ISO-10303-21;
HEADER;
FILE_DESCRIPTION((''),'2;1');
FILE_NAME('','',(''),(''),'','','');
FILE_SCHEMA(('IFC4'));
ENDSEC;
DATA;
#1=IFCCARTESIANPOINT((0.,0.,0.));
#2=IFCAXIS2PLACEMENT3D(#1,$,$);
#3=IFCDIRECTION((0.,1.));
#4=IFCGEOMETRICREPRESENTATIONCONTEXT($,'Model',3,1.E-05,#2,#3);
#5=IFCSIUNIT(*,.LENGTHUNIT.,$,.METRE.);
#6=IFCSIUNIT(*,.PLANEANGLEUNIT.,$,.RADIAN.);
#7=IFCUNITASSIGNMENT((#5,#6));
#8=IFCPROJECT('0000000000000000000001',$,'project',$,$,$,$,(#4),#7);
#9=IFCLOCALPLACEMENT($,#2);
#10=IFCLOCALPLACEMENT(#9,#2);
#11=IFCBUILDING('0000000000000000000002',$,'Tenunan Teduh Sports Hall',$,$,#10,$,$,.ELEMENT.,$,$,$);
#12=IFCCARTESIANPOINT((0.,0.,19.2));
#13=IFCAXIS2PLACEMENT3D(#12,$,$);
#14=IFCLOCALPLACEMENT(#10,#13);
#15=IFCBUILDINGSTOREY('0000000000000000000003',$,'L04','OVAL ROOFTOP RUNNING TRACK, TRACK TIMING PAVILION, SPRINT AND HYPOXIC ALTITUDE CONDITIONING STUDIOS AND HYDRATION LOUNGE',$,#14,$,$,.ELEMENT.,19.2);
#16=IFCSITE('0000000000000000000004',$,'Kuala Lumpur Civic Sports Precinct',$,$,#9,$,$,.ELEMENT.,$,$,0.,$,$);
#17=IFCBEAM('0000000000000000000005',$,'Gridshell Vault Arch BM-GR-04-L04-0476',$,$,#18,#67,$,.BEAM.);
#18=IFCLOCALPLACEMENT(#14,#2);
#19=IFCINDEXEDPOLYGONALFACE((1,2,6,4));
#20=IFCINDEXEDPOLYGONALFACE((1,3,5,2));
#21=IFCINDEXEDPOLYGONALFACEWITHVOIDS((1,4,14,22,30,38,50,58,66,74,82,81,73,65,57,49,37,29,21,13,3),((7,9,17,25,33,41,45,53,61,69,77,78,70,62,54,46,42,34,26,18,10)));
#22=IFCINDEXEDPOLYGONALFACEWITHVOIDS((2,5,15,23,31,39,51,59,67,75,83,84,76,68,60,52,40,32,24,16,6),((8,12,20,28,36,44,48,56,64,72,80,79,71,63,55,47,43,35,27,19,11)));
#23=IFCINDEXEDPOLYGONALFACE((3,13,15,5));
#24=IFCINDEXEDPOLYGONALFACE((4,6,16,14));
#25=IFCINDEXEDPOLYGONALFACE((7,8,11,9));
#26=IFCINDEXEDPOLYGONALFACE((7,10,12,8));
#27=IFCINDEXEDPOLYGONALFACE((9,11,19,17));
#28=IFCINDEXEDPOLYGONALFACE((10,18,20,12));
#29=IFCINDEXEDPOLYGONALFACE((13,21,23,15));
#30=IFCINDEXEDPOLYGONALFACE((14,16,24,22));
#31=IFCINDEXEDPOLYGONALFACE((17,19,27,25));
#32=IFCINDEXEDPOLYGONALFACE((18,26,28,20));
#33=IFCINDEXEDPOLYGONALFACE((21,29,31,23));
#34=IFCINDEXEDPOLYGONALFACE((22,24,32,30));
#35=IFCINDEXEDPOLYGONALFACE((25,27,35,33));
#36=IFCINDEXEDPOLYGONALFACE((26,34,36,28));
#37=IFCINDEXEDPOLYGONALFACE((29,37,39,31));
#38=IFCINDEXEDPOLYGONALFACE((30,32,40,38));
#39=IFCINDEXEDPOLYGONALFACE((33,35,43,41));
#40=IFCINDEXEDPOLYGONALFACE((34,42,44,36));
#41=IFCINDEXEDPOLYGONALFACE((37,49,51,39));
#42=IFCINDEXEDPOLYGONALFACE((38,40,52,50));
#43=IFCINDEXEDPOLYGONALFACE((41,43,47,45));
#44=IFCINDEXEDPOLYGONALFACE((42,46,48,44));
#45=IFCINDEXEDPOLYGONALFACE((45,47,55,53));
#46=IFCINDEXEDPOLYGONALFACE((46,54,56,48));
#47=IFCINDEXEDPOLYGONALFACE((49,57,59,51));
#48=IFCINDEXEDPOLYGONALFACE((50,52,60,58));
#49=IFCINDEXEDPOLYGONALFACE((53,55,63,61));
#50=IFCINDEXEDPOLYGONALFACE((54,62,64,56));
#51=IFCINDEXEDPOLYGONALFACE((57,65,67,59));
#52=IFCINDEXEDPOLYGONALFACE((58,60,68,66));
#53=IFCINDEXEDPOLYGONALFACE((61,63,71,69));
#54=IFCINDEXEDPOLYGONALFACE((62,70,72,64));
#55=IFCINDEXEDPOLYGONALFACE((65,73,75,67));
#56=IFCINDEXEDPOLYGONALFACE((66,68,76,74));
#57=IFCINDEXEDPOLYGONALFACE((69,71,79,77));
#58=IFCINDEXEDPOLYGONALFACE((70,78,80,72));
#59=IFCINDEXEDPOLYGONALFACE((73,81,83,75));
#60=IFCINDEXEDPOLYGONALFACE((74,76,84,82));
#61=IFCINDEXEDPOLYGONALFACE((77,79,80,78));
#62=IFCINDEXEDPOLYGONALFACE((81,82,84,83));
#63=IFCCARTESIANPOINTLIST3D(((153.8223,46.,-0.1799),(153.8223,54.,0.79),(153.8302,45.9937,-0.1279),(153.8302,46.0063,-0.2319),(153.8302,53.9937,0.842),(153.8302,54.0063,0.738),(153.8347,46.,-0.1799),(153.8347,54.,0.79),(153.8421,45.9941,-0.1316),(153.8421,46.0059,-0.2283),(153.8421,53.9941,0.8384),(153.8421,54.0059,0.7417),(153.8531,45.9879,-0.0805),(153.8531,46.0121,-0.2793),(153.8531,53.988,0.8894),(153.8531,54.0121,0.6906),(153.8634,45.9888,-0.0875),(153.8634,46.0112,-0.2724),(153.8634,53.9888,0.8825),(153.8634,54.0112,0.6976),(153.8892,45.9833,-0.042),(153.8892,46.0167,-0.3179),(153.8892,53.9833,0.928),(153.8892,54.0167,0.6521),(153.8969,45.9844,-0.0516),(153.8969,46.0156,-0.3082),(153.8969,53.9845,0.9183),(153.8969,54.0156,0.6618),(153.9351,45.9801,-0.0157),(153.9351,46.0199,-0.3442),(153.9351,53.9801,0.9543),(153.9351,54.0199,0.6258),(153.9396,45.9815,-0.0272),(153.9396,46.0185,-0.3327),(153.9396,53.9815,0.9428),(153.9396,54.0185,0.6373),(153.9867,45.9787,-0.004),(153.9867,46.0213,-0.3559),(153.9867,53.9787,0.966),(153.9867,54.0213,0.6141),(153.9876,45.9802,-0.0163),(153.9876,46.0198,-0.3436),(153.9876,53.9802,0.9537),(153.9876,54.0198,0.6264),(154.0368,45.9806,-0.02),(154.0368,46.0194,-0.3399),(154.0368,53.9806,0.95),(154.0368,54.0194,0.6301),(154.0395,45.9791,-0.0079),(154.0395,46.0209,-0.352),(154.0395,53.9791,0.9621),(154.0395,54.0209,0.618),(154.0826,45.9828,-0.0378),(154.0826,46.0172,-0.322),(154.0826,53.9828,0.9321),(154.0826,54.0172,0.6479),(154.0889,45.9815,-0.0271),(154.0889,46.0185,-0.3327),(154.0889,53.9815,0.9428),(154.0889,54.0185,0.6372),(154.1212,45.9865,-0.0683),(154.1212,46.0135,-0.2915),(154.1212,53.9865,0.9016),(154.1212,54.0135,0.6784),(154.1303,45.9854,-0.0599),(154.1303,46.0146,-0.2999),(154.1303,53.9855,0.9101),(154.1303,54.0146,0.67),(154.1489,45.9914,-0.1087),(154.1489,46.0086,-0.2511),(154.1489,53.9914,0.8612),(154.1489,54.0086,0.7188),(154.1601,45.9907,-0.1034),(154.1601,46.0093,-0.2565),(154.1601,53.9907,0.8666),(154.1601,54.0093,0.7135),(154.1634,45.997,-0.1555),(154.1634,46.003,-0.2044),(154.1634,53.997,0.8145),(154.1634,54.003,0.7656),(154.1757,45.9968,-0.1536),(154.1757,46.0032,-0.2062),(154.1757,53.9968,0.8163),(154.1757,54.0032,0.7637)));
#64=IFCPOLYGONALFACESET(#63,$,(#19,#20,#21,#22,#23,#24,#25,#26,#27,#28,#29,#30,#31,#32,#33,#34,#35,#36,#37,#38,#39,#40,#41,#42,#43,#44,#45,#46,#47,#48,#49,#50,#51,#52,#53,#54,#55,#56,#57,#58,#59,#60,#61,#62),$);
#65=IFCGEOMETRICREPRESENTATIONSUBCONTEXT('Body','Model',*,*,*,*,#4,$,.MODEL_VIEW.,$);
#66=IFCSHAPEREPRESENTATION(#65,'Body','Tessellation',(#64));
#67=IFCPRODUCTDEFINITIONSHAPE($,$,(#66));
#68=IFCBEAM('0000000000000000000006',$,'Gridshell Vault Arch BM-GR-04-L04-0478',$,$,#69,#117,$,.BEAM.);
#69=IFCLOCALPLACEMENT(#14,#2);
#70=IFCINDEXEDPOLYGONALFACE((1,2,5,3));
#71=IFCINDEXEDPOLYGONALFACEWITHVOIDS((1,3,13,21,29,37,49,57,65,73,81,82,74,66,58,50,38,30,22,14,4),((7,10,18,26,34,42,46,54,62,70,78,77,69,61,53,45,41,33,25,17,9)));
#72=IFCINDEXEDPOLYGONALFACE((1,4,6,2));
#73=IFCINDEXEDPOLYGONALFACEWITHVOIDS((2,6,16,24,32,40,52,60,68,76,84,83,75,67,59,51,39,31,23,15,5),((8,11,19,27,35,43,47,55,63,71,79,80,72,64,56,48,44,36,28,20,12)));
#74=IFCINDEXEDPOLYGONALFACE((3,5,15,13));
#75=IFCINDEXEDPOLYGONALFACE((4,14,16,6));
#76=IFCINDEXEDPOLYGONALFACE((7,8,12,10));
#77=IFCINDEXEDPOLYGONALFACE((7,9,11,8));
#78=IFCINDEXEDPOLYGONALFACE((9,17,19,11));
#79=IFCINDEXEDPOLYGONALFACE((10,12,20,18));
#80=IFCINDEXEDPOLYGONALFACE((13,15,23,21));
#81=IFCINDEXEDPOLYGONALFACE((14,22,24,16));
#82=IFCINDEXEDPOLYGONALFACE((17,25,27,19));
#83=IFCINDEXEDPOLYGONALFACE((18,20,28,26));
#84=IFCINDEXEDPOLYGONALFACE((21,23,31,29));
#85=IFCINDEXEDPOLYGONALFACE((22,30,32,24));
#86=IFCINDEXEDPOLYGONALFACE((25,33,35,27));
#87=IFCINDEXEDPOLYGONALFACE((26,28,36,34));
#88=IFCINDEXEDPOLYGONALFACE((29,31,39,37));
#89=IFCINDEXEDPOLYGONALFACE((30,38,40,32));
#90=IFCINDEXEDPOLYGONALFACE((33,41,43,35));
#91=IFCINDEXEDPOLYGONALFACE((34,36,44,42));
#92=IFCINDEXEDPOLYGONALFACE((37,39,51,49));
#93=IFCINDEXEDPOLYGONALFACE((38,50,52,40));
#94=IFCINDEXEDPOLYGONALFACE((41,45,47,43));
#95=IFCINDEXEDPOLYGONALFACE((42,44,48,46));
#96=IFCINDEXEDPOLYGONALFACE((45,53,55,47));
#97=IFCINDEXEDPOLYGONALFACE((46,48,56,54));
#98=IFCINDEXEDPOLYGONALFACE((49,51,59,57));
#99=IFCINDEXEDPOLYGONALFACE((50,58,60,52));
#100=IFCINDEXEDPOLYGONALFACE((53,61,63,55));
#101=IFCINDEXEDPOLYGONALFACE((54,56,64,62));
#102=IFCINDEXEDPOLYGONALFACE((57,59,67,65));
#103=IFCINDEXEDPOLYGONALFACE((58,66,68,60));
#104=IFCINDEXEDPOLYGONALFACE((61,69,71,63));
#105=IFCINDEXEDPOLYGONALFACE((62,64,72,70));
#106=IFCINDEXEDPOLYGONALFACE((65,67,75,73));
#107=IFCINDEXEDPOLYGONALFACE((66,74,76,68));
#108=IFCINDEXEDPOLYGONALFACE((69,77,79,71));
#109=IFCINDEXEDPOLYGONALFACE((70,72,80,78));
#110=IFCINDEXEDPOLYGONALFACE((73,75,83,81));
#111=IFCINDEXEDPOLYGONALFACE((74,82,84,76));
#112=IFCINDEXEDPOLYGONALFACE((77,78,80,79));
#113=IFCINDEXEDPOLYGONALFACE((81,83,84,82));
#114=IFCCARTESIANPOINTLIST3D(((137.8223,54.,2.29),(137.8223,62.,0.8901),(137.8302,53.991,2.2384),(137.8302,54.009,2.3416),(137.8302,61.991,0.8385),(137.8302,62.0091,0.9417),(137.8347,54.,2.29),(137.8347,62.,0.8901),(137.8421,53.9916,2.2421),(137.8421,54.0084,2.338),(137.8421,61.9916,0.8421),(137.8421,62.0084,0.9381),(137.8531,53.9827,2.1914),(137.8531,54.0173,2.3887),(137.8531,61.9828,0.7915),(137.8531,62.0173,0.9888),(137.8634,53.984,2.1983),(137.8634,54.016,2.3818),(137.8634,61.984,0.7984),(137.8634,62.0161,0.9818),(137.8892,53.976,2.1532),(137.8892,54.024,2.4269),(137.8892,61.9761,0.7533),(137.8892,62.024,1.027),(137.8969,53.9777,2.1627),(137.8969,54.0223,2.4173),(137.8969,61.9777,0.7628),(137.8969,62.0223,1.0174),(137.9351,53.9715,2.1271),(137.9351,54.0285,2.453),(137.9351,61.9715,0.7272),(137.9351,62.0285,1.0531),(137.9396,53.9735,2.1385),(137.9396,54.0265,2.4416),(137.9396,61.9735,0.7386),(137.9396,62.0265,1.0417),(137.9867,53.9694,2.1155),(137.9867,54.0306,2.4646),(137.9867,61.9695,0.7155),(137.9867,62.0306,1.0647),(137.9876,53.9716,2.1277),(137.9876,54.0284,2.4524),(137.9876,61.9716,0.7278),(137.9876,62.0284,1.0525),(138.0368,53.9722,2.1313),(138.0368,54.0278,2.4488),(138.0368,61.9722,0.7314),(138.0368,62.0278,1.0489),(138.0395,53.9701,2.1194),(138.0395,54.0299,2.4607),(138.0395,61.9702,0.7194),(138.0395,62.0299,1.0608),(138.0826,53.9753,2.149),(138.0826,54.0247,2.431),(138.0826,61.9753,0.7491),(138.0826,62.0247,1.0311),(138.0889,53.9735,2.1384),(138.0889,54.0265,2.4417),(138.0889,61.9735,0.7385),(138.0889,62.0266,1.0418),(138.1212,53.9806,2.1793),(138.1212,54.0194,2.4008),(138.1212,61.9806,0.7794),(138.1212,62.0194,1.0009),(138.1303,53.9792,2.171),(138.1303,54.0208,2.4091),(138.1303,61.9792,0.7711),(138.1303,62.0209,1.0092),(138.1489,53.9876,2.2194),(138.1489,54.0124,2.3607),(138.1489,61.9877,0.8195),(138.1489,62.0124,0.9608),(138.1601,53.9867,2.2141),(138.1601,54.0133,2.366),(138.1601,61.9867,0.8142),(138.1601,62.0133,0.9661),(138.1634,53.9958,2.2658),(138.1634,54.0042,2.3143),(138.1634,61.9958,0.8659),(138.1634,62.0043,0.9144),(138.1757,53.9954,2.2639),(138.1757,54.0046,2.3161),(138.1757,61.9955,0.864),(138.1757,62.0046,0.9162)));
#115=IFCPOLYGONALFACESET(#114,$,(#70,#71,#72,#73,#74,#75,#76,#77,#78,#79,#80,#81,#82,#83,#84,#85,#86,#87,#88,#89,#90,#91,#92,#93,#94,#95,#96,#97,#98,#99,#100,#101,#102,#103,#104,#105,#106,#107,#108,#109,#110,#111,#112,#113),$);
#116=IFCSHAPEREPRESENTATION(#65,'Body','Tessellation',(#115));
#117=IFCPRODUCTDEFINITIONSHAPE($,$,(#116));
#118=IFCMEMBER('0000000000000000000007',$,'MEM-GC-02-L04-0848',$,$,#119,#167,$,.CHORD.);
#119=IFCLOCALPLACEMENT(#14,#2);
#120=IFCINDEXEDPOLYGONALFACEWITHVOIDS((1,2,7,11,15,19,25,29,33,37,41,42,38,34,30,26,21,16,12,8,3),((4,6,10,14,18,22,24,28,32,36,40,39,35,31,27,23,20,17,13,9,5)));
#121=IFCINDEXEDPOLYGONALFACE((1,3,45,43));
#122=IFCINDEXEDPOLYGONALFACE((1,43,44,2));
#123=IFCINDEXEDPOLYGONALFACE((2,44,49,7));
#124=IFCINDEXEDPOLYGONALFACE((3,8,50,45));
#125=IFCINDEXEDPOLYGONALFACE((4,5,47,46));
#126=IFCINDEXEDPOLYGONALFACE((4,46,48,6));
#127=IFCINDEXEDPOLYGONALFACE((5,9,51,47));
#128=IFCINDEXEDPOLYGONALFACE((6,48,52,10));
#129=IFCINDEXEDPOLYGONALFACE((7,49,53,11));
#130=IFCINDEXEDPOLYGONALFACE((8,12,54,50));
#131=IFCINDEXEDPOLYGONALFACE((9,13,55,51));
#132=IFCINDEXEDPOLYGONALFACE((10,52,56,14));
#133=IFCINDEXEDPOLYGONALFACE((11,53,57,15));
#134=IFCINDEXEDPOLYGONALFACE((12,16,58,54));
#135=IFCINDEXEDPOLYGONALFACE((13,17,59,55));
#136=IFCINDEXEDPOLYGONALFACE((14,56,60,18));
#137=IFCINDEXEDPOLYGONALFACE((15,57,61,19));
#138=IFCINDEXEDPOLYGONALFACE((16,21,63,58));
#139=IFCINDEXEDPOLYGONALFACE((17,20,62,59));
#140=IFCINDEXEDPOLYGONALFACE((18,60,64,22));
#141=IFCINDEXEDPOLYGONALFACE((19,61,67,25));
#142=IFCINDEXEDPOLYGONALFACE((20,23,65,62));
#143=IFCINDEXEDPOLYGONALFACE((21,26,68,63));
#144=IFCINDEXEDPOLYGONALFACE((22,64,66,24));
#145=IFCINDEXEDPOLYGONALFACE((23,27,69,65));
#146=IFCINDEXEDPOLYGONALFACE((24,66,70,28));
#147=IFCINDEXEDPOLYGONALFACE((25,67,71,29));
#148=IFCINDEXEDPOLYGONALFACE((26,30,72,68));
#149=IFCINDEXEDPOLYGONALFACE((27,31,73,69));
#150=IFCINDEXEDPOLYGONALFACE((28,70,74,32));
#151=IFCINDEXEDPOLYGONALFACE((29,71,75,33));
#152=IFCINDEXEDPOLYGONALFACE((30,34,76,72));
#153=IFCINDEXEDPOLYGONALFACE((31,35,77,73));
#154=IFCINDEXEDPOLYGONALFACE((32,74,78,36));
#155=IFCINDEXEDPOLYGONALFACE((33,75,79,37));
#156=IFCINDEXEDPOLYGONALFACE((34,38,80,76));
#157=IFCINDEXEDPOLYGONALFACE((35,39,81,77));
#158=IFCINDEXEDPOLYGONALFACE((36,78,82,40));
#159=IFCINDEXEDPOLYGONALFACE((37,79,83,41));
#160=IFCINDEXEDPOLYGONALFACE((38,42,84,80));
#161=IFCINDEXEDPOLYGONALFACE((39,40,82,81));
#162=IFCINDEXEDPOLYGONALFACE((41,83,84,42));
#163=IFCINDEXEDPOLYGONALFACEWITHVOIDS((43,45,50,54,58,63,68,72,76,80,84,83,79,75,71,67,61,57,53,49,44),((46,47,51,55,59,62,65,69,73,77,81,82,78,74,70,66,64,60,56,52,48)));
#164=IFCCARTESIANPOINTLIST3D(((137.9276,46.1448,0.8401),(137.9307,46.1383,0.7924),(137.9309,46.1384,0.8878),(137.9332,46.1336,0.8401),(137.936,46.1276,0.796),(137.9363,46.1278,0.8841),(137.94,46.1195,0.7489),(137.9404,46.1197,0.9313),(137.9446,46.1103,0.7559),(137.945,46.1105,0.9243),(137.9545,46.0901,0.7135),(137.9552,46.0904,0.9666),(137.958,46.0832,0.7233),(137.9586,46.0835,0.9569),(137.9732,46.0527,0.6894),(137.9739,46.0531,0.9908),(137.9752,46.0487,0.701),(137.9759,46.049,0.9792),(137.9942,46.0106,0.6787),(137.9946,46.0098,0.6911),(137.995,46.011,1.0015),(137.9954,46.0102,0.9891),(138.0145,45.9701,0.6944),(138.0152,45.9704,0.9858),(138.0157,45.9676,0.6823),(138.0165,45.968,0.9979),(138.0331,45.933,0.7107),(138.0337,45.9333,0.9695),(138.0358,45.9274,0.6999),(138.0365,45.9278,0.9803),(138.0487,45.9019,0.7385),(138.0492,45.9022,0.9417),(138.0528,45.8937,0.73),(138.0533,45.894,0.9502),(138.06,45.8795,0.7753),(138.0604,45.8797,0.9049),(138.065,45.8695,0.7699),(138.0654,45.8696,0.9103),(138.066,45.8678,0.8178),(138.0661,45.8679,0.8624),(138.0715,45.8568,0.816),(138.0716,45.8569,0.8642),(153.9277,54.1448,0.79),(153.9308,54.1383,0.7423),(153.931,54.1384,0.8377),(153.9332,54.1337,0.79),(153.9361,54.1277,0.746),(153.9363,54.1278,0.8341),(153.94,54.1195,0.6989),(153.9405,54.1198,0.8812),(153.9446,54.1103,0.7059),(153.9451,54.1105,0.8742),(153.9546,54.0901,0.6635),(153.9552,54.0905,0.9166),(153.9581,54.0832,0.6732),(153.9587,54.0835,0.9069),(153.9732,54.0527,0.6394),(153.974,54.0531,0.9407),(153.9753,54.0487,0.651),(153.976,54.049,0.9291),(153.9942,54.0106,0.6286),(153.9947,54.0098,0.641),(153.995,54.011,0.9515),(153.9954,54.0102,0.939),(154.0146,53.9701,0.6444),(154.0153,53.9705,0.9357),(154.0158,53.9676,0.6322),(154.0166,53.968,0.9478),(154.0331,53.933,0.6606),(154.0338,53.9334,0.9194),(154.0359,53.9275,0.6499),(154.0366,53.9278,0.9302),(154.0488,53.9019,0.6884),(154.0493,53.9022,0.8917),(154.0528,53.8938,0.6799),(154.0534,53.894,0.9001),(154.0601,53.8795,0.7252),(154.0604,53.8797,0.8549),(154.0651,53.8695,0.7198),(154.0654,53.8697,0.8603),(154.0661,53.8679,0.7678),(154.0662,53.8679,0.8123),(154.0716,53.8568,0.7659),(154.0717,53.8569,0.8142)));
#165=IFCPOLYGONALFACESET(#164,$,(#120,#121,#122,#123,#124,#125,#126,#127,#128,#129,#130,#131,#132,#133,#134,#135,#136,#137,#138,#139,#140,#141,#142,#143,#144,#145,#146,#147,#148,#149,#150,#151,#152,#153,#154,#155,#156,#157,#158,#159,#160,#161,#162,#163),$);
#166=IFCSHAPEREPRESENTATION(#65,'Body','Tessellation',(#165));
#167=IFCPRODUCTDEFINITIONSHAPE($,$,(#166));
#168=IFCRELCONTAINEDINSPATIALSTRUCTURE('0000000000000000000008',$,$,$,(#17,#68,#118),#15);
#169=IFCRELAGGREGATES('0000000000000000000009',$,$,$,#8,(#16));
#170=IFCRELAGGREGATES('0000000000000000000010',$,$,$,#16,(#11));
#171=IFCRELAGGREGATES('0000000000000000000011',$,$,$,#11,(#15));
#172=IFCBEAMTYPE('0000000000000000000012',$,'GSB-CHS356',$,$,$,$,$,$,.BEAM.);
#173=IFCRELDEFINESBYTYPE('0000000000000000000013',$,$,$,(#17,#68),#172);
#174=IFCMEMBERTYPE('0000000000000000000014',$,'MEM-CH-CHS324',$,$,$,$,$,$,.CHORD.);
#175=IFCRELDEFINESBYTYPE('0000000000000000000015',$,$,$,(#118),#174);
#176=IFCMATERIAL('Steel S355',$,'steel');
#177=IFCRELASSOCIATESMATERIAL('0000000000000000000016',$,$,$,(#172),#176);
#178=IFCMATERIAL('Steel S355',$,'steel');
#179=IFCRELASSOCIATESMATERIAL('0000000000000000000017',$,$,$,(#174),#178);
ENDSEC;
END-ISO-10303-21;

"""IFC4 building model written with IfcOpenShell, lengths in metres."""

from ifc_helpers import new_model, si_unit, direction, frame, origin, origin_2d, place, context, subcontext, project, spatial, hollow_circle, extrude, material, material_profile, profile_set, type_object, element, save


model = new_model("IFC4")

# Units and contexts
model_context = context("Model", 3, precision=1e-05, world=origin(), true_north=direction((0.0, 1.0)))
body_context = subcontext(model_context, "Body", "Model", "MODEL_VIEW")
ifc_project = project(units=[si_unit("LENGTHUNIT", "METRE"), si_unit("PLANEANGLEUNIT", "RADIAN")], contexts=[model_context])

# Site, building, storey
site_placement = place(None, origin())
site = spatial("IfcSite", under=ifc_project, at=site_placement, Name="Kuala Lumpur Civic Sports Precinct", CompositionType="ELEMENT", RefElevation=0.0)
building_placement = place(site_placement, origin())
building = spatial("IfcBuilding", under=site, at=building_placement, Name="Tenunan Teduh Sports Hall", CompositionType="ELEMENT")
storey_placement = place(building_placement, frame((0.0, 0.0, 19.2)))
storey = spatial("IfcBuildingStorey", under=building, at=storey_placement, Name="L04", Description="OVAL ROOFTOP RUNNING TRACK, TRACK TIMING PAVILION, SPRINT AND HYPOXIC ALTITUDE CONDITIONING STUDIOS AND HYDRATION LOUNGE", CompositionType="ELEMENT", Elevation=19.2)

# Beams
ifc_material_1 = material(Name="Steel S355", Category="steel")
ifc_material_profile_1 = material_profile(ifc_material_1, hollow_circle(Radius=0.1777, WallThickness=0.0125, at=origin_2d()), Name="CHS 355.6x12.5")
ifc_profile_set_1 = profile_set([ifc_material_profile_1], Name="Steel S355")
beam_type_1 = type_object("IfcBeamType", Name="GSB-CHS356", PredefinedType="BEAM", material=ifc_profile_set_1)
beam_1_placement = place(storey_placement, frame((154.0, 46.0, -0.1799), z_axis=(0.0, 0.99273, 0.120365), x_axis=(-1.0, 0.0, 0.0)))
element("IfcBeam", 1, at=beam_1_placement, inside=storey, type_object=beam_type_1, Name="Gridshell Vault Arch BM-GR-04-L04-0476", PredefinedType="BEAM", context=body_context, shape_type="SweptSolid", body=[
    extrude(hollow_circle(Radius=0.1777, WallThickness=0.0125, at=origin_2d()), origin(), (0.0, 0.0, 1.0), 8.0586),
])
beam_2_placement = place(storey_placement, frame((138.0, 54.0, 2.29), z_axis=(0.0, 0.985033, -0.172369), x_axis=(-1.0, 0.0, 0.0)))
element("IfcBeam", 2, at=beam_2_placement, inside=storey, type_object=beam_type_1, Name="Gridshell Vault Arch BM-GR-04-L04-0478", PredefinedType="BEAM", context=body_context, shape_type="SweptSolid", body=[
    extrude(hollow_circle(Radius=0.1777, WallThickness=0.0125, at=origin_2d()), origin(), (0.0, 0.0, 1.0), 8.1216),
])

# Member
ifc_material_2 = material(Name="Steel S355", Category="steel")
ifc_material_profile_2 = material_profile(ifc_material_2, hollow_circle(Radius=0.1619, WallThickness=0.0125, at=origin_2d()), Name="CHS 323.9x12.5")
ifc_profile_set_2 = profile_set([ifc_material_profile_2], Name="Steel S355")
member_type_1 = type_object("IfcMemberType", Name="MEM-CH-CHS324", PredefinedType="CHORD", material=ifc_profile_set_2)
member_1_placement = place(storey_placement, frame((138.0, 46.0, 0.8401), z_axis=(0.894424, 0.447212, -0.002798), x_axis=(-0.447214, 0.894427, 0.0)))
element("IfcMember", 3, at=member_1_placement, inside=storey, type_object=member_type_1, Name="MEM-GC-02-L04-0848", PredefinedType="CHORD", context=body_context, shape_type="SweptSolid", body=[
    extrude(hollow_circle(Radius=0.1619, WallThickness=0.0125, at=origin_2d()), origin(), (0.0, 0.0, 1.0), 17.8887),
])

save(model, "model.ifc")
